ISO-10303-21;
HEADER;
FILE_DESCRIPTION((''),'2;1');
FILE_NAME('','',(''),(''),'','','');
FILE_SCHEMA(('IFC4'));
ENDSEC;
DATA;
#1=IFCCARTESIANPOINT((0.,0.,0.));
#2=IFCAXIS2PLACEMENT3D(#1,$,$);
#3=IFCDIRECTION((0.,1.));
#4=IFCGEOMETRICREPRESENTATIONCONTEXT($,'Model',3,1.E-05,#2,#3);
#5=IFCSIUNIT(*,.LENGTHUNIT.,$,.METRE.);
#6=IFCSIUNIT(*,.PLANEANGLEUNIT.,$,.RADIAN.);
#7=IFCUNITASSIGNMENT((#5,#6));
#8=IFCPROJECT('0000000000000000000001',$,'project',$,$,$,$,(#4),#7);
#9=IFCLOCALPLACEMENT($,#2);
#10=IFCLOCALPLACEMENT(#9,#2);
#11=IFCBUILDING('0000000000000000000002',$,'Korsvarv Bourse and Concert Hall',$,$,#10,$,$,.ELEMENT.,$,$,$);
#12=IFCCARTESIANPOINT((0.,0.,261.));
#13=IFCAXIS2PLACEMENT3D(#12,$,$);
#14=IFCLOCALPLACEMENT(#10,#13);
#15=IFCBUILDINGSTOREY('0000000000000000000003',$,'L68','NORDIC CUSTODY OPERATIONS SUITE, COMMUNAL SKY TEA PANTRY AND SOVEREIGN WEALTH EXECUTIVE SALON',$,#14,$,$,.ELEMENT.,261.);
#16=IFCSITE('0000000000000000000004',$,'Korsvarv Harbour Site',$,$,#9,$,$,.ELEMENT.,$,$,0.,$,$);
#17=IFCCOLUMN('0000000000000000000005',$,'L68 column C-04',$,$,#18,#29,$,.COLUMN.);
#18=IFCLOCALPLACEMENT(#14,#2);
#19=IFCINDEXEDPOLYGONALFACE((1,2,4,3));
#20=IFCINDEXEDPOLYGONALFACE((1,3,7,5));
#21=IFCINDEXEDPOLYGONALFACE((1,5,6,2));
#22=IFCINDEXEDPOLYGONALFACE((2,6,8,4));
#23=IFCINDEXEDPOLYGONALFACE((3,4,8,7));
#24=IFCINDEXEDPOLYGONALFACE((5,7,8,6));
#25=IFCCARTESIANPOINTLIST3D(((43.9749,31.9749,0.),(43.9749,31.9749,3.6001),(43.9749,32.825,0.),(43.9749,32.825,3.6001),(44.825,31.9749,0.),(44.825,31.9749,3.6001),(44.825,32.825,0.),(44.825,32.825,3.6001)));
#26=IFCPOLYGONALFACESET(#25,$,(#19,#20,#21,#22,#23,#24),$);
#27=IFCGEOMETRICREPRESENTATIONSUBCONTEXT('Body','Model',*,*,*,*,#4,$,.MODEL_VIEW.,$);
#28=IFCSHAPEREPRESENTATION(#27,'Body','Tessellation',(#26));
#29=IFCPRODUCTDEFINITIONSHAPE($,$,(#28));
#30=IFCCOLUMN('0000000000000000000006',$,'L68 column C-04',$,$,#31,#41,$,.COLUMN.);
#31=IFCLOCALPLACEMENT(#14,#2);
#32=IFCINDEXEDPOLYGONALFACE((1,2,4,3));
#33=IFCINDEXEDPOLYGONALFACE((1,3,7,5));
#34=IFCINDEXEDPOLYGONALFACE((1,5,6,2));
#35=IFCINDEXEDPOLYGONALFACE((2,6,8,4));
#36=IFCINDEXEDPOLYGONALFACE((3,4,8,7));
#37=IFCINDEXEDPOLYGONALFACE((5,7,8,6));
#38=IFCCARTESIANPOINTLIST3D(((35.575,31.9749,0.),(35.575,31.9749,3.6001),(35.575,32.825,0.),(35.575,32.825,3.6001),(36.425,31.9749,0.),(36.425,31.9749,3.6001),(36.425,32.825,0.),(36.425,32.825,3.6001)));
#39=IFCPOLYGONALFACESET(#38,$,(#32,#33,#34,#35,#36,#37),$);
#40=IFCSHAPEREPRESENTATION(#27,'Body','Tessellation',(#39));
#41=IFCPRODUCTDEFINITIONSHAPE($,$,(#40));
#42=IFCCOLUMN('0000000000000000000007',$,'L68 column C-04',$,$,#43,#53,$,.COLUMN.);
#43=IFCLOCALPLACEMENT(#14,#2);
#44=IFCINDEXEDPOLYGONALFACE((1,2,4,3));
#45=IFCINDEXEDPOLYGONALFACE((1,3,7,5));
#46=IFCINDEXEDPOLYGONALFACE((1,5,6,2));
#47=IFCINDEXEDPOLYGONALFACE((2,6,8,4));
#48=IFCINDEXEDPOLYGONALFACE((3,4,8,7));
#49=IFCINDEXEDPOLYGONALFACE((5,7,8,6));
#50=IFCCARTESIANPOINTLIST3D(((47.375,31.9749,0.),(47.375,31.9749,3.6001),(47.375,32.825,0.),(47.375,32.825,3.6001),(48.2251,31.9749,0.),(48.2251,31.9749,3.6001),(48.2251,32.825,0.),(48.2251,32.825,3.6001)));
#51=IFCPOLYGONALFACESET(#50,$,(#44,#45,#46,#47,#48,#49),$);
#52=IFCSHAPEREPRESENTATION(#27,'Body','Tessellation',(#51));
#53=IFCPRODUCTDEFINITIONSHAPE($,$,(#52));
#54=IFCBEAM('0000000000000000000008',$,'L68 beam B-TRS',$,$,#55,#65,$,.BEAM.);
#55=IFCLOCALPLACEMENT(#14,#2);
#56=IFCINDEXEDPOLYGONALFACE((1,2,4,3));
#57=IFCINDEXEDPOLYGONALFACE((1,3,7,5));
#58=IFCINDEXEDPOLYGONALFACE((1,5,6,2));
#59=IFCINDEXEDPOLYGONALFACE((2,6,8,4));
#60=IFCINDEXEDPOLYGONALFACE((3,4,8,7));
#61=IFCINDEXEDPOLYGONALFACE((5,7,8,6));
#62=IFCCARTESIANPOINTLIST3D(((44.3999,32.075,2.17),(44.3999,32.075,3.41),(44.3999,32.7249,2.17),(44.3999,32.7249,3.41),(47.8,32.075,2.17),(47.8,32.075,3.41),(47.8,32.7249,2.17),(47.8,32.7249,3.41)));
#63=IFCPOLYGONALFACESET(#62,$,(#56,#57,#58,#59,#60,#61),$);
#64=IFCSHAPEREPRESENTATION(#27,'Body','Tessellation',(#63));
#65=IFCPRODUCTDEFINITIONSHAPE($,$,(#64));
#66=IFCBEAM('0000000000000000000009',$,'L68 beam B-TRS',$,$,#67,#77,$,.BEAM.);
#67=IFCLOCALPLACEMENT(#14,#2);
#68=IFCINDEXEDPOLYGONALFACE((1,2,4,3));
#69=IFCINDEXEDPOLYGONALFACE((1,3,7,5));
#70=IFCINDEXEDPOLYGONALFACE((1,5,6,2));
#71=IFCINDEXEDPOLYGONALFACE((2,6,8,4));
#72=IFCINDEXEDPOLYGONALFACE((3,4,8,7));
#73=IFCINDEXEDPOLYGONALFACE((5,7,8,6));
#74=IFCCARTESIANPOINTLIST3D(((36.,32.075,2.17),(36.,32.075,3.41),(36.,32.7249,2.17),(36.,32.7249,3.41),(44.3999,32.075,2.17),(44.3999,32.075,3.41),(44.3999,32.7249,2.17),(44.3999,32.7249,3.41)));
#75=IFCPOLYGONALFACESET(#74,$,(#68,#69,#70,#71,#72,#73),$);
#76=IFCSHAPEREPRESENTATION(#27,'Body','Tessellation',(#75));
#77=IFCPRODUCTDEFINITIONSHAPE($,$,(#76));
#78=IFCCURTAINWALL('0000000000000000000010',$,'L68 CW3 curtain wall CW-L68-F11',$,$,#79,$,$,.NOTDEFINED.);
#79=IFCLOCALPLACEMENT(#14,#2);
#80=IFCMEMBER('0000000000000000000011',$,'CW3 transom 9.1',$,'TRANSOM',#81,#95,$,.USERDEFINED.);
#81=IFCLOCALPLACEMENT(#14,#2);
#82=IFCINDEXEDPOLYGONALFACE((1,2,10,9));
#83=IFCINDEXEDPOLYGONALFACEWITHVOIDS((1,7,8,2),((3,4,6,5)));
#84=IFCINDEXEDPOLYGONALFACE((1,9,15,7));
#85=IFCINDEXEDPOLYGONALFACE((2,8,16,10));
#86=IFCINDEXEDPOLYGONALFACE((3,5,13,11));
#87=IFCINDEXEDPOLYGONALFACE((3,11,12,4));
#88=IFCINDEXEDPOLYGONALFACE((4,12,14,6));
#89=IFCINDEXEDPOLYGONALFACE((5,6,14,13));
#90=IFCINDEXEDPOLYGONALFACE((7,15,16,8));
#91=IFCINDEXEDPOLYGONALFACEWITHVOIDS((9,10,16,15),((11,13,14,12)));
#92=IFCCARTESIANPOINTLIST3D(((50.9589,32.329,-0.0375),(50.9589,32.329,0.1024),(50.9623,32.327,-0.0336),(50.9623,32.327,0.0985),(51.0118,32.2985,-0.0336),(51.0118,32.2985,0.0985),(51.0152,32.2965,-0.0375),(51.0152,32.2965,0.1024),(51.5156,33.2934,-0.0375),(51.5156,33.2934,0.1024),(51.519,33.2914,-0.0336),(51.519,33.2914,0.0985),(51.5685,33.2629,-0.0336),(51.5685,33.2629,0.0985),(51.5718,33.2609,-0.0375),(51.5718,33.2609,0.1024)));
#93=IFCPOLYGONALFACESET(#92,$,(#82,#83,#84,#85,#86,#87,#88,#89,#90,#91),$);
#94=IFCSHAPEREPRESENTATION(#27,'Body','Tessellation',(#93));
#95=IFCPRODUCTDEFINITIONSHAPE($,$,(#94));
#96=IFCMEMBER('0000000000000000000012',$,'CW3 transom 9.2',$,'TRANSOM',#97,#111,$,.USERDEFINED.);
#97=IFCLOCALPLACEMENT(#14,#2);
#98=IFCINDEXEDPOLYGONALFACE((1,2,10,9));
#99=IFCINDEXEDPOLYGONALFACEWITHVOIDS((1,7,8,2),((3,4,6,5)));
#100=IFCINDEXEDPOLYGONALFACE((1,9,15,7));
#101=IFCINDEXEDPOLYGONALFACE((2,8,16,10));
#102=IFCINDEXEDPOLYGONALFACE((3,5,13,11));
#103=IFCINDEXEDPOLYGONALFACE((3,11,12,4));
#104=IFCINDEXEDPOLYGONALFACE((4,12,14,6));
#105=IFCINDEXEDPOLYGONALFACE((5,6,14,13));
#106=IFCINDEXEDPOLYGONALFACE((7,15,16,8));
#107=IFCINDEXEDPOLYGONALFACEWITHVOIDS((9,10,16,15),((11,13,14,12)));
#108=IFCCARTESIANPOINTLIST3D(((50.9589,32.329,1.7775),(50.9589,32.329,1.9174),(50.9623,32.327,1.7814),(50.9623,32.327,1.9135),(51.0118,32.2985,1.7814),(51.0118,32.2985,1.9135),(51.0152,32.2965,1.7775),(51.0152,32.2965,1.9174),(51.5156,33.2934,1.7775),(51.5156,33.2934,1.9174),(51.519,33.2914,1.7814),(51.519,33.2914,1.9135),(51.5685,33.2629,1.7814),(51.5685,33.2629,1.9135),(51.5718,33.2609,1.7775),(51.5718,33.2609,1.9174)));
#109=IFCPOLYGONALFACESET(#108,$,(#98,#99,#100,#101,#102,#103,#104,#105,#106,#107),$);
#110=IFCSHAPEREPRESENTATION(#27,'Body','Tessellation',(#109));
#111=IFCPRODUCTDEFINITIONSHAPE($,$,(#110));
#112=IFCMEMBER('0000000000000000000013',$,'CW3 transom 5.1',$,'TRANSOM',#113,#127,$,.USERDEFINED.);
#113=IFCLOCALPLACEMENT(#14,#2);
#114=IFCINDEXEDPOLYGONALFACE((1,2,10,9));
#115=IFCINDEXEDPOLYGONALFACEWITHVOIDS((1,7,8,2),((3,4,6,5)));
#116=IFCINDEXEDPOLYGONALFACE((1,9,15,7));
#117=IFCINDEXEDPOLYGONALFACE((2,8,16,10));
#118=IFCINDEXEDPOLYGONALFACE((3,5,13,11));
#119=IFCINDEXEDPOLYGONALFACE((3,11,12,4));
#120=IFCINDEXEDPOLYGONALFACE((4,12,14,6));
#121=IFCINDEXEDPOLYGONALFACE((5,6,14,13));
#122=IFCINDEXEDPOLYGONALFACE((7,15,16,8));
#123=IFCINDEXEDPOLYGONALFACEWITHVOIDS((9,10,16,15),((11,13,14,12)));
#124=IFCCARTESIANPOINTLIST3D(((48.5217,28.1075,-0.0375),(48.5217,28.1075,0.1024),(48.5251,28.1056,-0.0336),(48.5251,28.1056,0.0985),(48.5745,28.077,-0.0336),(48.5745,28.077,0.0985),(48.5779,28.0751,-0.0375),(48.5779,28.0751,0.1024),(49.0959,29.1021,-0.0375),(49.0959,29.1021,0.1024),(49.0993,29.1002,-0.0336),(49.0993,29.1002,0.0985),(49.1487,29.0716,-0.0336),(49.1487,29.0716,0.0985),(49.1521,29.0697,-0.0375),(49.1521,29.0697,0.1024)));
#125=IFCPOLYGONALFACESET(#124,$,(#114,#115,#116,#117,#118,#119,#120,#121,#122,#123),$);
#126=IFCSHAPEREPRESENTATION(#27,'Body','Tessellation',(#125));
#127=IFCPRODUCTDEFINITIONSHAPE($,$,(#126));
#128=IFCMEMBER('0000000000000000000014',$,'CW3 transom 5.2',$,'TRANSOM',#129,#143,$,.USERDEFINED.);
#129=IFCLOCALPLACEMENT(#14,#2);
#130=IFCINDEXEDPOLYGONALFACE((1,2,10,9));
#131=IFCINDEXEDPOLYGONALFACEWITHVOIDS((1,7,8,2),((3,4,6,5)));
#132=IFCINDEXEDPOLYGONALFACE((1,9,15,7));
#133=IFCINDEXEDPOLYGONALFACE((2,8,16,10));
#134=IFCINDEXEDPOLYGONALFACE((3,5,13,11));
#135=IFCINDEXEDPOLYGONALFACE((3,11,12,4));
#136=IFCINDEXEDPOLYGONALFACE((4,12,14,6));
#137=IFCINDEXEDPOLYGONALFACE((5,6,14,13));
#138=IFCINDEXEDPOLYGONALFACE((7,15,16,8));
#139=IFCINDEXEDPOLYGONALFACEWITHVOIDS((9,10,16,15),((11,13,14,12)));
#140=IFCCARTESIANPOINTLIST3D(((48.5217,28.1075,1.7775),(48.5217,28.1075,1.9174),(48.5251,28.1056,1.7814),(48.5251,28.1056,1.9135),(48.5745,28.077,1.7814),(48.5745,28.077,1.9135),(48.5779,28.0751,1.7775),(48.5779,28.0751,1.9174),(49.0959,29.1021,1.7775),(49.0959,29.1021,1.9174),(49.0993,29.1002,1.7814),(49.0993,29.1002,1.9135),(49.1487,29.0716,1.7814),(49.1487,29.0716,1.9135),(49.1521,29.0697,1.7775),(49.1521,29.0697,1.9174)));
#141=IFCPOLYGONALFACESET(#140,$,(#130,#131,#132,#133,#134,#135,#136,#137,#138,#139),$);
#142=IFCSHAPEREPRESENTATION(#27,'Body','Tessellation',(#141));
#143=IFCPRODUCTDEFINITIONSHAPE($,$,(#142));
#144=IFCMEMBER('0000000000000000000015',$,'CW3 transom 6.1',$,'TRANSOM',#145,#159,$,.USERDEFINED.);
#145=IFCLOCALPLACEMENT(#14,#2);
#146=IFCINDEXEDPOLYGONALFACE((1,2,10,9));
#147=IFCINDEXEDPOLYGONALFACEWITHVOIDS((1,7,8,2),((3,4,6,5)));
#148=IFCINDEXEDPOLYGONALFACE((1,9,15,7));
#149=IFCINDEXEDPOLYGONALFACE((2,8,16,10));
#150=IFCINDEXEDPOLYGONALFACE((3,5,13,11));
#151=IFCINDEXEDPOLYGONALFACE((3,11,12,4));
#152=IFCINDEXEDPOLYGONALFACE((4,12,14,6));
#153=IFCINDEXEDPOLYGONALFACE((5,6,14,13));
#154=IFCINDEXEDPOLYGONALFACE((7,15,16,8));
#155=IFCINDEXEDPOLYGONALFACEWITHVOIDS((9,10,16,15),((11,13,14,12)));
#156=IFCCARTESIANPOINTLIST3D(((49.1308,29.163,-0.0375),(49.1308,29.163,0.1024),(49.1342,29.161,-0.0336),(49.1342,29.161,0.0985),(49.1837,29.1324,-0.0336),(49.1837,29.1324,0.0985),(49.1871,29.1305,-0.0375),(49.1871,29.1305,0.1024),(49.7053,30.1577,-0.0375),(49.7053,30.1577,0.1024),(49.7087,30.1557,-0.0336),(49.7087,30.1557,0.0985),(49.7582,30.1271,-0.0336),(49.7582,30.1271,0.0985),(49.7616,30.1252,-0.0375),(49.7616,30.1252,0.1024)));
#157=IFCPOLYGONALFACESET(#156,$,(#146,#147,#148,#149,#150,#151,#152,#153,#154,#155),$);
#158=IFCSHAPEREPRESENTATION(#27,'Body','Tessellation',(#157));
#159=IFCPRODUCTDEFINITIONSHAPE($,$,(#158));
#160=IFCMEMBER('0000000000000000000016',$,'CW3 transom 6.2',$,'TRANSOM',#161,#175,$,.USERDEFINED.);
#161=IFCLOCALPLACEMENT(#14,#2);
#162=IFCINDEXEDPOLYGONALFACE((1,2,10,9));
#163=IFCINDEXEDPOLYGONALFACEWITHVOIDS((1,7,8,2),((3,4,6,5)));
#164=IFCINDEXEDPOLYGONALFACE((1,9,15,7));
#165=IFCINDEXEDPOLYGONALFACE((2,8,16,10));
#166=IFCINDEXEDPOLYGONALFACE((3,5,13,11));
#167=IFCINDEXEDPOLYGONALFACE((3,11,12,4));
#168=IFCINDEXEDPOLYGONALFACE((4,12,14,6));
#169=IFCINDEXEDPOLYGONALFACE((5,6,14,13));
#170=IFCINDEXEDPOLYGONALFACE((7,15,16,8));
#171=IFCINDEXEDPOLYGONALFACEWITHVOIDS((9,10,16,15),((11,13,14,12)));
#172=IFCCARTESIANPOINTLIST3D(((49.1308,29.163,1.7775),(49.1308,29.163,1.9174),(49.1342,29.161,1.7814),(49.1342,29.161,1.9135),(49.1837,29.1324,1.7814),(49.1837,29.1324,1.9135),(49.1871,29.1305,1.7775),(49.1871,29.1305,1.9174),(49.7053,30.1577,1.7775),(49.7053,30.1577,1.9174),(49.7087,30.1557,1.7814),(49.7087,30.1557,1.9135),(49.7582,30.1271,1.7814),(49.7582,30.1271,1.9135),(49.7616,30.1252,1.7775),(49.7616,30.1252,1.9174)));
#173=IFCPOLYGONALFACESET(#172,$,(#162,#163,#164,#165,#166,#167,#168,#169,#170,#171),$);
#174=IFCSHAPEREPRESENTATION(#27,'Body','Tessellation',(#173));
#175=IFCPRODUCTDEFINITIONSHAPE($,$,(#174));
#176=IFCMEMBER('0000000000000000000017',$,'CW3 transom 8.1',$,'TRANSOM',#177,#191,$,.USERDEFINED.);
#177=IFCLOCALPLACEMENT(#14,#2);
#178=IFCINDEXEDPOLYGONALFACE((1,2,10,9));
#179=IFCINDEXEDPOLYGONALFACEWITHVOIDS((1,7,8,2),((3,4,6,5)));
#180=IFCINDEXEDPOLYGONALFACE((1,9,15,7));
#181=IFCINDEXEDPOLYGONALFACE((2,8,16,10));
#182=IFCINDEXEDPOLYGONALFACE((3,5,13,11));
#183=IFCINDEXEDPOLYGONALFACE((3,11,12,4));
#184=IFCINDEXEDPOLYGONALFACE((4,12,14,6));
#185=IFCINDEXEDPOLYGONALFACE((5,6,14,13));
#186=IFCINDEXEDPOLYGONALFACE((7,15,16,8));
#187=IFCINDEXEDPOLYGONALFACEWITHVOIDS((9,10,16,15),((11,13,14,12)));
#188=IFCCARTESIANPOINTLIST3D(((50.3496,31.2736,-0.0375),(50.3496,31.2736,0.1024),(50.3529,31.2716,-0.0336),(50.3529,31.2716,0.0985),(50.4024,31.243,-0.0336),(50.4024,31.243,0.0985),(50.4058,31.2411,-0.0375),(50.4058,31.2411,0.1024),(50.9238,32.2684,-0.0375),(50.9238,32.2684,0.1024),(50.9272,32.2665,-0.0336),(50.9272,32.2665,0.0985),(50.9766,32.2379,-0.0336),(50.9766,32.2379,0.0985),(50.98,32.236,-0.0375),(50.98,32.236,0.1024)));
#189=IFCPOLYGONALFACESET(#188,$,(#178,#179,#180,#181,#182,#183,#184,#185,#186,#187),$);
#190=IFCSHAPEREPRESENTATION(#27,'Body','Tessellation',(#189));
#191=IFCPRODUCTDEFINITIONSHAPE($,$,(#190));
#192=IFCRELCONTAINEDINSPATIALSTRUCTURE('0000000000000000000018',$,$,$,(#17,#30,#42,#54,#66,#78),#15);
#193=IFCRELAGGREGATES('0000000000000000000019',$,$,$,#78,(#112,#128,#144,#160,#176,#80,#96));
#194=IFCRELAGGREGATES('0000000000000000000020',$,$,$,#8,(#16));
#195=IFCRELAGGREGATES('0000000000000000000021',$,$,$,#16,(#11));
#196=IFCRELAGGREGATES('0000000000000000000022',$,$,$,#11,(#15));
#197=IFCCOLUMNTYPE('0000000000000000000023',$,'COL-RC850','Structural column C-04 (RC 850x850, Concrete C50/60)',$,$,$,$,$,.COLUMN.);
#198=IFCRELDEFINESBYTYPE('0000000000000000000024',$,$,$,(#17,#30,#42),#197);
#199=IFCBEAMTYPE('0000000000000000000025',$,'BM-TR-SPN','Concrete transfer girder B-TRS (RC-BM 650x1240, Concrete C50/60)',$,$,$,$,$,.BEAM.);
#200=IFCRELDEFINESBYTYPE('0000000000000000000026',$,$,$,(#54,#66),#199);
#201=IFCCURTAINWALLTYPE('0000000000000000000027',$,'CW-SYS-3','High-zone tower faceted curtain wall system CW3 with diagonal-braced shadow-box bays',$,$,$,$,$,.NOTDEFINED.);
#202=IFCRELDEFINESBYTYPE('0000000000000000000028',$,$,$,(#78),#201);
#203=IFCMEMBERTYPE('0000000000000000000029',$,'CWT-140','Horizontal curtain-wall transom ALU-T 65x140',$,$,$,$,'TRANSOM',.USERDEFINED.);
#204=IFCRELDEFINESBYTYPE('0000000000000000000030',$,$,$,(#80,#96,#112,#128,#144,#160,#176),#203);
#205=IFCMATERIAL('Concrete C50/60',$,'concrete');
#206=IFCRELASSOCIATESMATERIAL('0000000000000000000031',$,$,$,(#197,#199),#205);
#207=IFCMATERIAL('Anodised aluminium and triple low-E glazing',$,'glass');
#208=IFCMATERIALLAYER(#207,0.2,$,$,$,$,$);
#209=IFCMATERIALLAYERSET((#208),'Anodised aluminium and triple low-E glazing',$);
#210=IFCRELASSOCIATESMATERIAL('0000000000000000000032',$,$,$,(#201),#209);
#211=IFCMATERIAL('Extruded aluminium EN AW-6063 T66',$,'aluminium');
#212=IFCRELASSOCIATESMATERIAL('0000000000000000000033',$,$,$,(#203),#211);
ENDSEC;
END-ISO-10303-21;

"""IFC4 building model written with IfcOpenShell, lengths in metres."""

from ifc_helpers import new_model, si_unit, direction, frame, origin, origin_2d, place, context, subcontext, project, spatial, rectangle, hollow_rectangle, extrude, source, transform, mapped, material, layer, layer_set, material_profile, profile_set, type_object, element, aggregate, save


model = new_model("IFC4")

# Units and contexts
model_context = context("Model", 3, precision=1e-05, world=origin(), true_north=direction((0.0, 1.0)))
body_context = subcontext(model_context, "Body", "Model", "MODEL_VIEW")
ifc_project = project(units=[si_unit("LENGTHUNIT", "METRE"), si_unit("PLANEANGLEUNIT", "RADIAN")], contexts=[model_context])

# Site, building, storey
site_placement = place(None, origin())
site = spatial("IfcSite", under=ifc_project, at=site_placement, Name="Korsvarv Harbour Site", CompositionType="ELEMENT", RefElevation=0.0)
building_placement = place(site_placement, origin())
building = spatial("IfcBuilding", under=site, at=building_placement, Name="Korsvarv Bourse and Concert Hall", CompositionType="ELEMENT")
storey_placement = place(building_placement, frame((0.0, 0.0, 261.0)))
storey = spatial("IfcBuildingStorey", under=building, at=storey_placement, Name="L68", Description="NORDIC CUSTODY OPERATIONS SUITE, COMMUNAL SKY TEA PANTRY AND SOVEREIGN WEALTH EXECUTIVE SALON", CompositionType="ELEMENT", Elevation=261.0)

# Columns
ifc_material_1 = material(Name="Concrete C50/60", Category="concrete")
ifc_material_profile_1 = material_profile(ifc_material_1, rectangle(XDim=0.8501, YDim=0.8501, at=origin_2d()), Name="RC 850x850")
ifc_profile_set_1 = profile_set([ifc_material_profile_1], Name="Concrete C50/60")
column_type = type_object("IfcColumnType", Name="COL-RC850", Description="Structural column C-04 (RC 850x850, Concrete C50/60)", PredefinedType="COLUMN", material=ifc_profile_set_1)
shared_shape_1 = source(origin(), body_context, "Body", "SweptSolid", [
    extrude(rectangle(XDim=0.8501, YDim=0.8501, at=origin_2d()), origin(), (0.0, 0.0, 1.0), 3.6001),
])
for number, where, z_axis, x_axis, name in (
    (1, (44.3999, 32.3999, 0.0), (0.0, 0.0, 1.0), (1.0, 0.0, 0.0), "L68 column C-04"),
    (2, (36.0, 32.3999, 0.0), (0.0, 0.0, 1.0), (1.0, 0.0, 0.0), "L68 column C-04"),
    (3, (47.8, 32.3999, 0.0), (0.0, 0.0, 1.0), (1.0, 0.0, 0.0), "L68 column C-04"),
):
    element("IfcColumn", number, at=place(storey_placement, frame(where, z_axis=z_axis, x_axis=x_axis)), inside=storey, type_object=column_type, Name=name, PredefinedType="COLUMN", context=body_context, shape_type="MappedRepresentation", body=[
        mapped(shared_shape_1, transform((0.0, 0.0, 0.0), scale=1.0)),
    ])

# Beams
ifc_material_profile_2 = material_profile(ifc_material_1, rectangle(XDim=0.6499, YDim=1.24, at=origin_2d()), Name="RC-BM 650x1240")
ifc_profile_set_2 = profile_set([ifc_material_profile_2], Name="Concrete C50/60")
beam_type = type_object("IfcBeamType", Name="BM-TR-SPN", Description="Concrete transfer girder B-TRS (RC-BM 650x1240, Concrete C50/60)", PredefinedType="BEAM", material=ifc_profile_set_2)
shared_shape_2 = source(origin(), body_context, "Body", "SweptSolid", [
    extrude(rectangle(XDim=0.6499, YDim=1.24, at=origin_2d()), origin(), (0.0, 0.0, 1.0), 3.4001),
])
beam_1_placement = place(storey_placement, frame((44.3999, 32.3999, 2.79), z_axis=(1.0, 0.0, 0.0), x_axis=(0.0, 1.0, 0.0)))
element("IfcBeam", 4, at=beam_1_placement, inside=storey, type_object=beam_type, Name="L68 beam B-TRS", PredefinedType="BEAM", context=body_context, shape_type="MappedRepresentation", body=[
    mapped(shared_shape_2, transform((0.0, 0.0, 0.0), scale=1.0)),
])
shared_shape_3 = source(origin(), body_context, "Body", "SweptSolid", [
    extrude(rectangle(XDim=0.6499, YDim=1.24, at=origin_2d()), origin(), (0.0, 0.0, 1.0), 8.3999),
])
beam_2_placement = place(storey_placement, frame((36.0, 32.3999, 2.79), z_axis=(1.0, 0.0, 0.0), x_axis=(0.0, 1.0, 0.0)))
element("IfcBeam", 5, at=beam_2_placement, inside=storey, type_object=beam_type, Name="L68 beam B-TRS", PredefinedType="BEAM", context=body_context, shape_type="MappedRepresentation", body=[
    mapped(shared_shape_3, transform((0.0, 0.0, 0.0), scale=1.0)),
])

# Curtain wall, members
ifc_material_2 = material(Name="Anodised aluminium and triple low-E glazing", Category="glass")
ifc_layer_1 = layer(ifc_material_2, 0.2)
ifc_layer_set_1 = layer_set([ifc_layer_1], Name="Anodised aluminium and triple low-E glazing")
curtain_wall_type = type_object("IfcCurtainWallType", Name="CW-SYS-3", Description="High-zone tower faceted curtain wall system CW3 with diagonal-braced shadow-box bays", PredefinedType="NOTDEFINED", material=ifc_layer_set_1)
curtain_wall_placement = place(storey_placement, origin())
curtain_wall = element("IfcCurtainWall", 6, at=curtain_wall_placement, inside=storey, type_object=curtain_wall_type, Name="L68 CW3 curtain wall CW-L68-F11", PredefinedType="NOTDEFINED")
ifc_material_3 = material(Name="Extruded aluminium EN AW-6063 T66", Category="aluminium")
ifc_material_profile_3 = material_profile(ifc_material_3, hollow_rectangle(XDim=0.0649, YDim=0.1399, WallThickness=0.0039, at=origin_2d()), Name="ALU-T 65x140")
ifc_profile_set_3 = profile_set([ifc_material_profile_3], Name="Extruded aluminium EN AW-6063 T66")
member_type_1 = type_object("IfcMemberType", Name="CWT-140", Description="Horizontal curtain-wall transom ALU-T 65x140", ElementType="TRANSOM", PredefinedType="USERDEFINED", material=ifc_profile_set_3)
shared_shape_4 = source(origin(), body_context, "Body", "SweptSolid", [
    extrude(hollow_rectangle(XDim=0.0649, YDim=0.1399, WallThickness=0.0039, at=origin_2d()), origin(), (0.0, 0.0, 1.0), 1.1135),
])
member_1_placement = place(storey_placement, frame((50.9871, 32.3127, 0.0325), z_axis=(0.499912, 0.866076, 0.0), x_axis=(-0.866076, 0.499912, 0.0)))
member_1 = element("IfcMember", 7, at=member_1_placement, type_object=member_type_1, Name="CW3 transom 9.1", ObjectType="TRANSOM", PredefinedType="USERDEFINED", context=body_context, shape_type="MappedRepresentation", body=[
    mapped(shared_shape_4, transform((0.0, 0.0, 0.0), scale=1.0)),
])
member_2_placement = place(storey_placement, frame((50.9871, 32.3127, 1.8474), z_axis=(0.499912, 0.866076, 0.0), x_axis=(-0.866076, 0.499912, 0.0)))
member_2 = element("IfcMember", 8, at=member_2_placement, type_object=member_type_1, Name="CW3 transom 9.2", ObjectType="TRANSOM", PredefinedType="USERDEFINED", context=body_context, shape_type="MappedRepresentation", body=[
    mapped(shared_shape_4, transform((0.0, 0.0, 0.0), scale=1.0)),
])
shared_shape_5 = source(origin(), body_context, "Body", "SweptSolid", [
    extrude(hollow_rectangle(XDim=0.0649, YDim=0.1399, WallThickness=0.0039, at=origin_2d()), origin(), (0.0, 0.0, 1.0), 1.1484),
])
member_3_placement = place(storey_placement, frame((48.5498, 28.0913, 0.0325), z_axis=(0.49998, 0.866037, 0.0), x_axis=(-0.866037, 0.49998, 0.0)))
member_3 = element("IfcMember", 9, at=member_3_placement, type_object=member_type_1, Name="CW3 transom 5.1", ObjectType="TRANSOM", PredefinedType="USERDEFINED", context=body_context, shape_type="MappedRepresentation", body=[
    mapped(shared_shape_5, transform((0.0, 0.0, 0.0), scale=1.0)),
])
member_4_placement = place(storey_placement, frame((48.5498, 28.0913, 1.8474), z_axis=(0.49998, 0.866037, 0.0), x_axis=(-0.866037, 0.49998, 0.0)))
member_4 = element("IfcMember", 10, at=member_4_placement, type_object=member_type_1, Name="CW3 transom 5.2", ObjectType="TRANSOM", PredefinedType="USERDEFINED", context=body_context, shape_type="MappedRepresentation", body=[
    mapped(shared_shape_5, transform((0.0, 0.0, 0.0), scale=1.0)),
])
shared_shape_6 = source(origin(), body_context, "Body", "SweptSolid", [
    extrude(hollow_rectangle(XDim=0.0649, YDim=0.1399, WallThickness=0.0039, at=origin_2d()), origin(), (0.0, 0.0, 1.0), 1.1487),
])
member_5_placement = place(storey_placement, frame((49.1589, 29.1467, 0.0325), z_axis=(0.500139, 0.865945, 0.0), x_axis=(-0.865945, 0.500139, 0.0)))
member_5 = element("IfcMember", 11, at=member_5_placement, type_object=member_type_1, Name="CW3 transom 6.1", ObjectType="TRANSOM", PredefinedType="USERDEFINED", context=body_context, shape_type="MappedRepresentation", body=[
    mapped(shared_shape_6, transform((0.0, 0.0, 0.0), scale=1.0)),
])
member_6_placement = place(storey_placement, frame((49.1589, 29.1467, 1.8474), z_axis=(0.500139, 0.865945, 0.0), x_axis=(-0.865945, 0.500139, 0.0)))
member_6 = element("IfcMember", 12, at=member_6_placement, type_object=member_type_1, Name="CW3 transom 6.2", ObjectType="TRANSOM", PredefinedType="USERDEFINED", context=body_context, shape_type="MappedRepresentation", body=[
    mapped(shared_shape_6, transform((0.0, 0.0, 0.0), scale=1.0)),
])
member_7_placement = place(storey_placement, frame((50.3777, 31.2573, 0.0325), z_axis=(0.499888, 0.86609, 0.0), x_axis=(-0.86609, 0.499888, 0.0)))
member_7 = element("IfcMember", 13, at=member_7_placement, type_object=member_type_1, Name="CW3 transom 8.1", ObjectType="TRANSOM", PredefinedType="USERDEFINED", context=body_context, shape_type="MappedRepresentation", body=[
    mapped(shared_shape_6, transform((0.0, 0.0, 0.0), scale=1.0)),
])
aggregate(curtain_wall, [member_3, member_4, member_5, member_6, member_7, member_1, member_2])

save(model, "model.ifc")
